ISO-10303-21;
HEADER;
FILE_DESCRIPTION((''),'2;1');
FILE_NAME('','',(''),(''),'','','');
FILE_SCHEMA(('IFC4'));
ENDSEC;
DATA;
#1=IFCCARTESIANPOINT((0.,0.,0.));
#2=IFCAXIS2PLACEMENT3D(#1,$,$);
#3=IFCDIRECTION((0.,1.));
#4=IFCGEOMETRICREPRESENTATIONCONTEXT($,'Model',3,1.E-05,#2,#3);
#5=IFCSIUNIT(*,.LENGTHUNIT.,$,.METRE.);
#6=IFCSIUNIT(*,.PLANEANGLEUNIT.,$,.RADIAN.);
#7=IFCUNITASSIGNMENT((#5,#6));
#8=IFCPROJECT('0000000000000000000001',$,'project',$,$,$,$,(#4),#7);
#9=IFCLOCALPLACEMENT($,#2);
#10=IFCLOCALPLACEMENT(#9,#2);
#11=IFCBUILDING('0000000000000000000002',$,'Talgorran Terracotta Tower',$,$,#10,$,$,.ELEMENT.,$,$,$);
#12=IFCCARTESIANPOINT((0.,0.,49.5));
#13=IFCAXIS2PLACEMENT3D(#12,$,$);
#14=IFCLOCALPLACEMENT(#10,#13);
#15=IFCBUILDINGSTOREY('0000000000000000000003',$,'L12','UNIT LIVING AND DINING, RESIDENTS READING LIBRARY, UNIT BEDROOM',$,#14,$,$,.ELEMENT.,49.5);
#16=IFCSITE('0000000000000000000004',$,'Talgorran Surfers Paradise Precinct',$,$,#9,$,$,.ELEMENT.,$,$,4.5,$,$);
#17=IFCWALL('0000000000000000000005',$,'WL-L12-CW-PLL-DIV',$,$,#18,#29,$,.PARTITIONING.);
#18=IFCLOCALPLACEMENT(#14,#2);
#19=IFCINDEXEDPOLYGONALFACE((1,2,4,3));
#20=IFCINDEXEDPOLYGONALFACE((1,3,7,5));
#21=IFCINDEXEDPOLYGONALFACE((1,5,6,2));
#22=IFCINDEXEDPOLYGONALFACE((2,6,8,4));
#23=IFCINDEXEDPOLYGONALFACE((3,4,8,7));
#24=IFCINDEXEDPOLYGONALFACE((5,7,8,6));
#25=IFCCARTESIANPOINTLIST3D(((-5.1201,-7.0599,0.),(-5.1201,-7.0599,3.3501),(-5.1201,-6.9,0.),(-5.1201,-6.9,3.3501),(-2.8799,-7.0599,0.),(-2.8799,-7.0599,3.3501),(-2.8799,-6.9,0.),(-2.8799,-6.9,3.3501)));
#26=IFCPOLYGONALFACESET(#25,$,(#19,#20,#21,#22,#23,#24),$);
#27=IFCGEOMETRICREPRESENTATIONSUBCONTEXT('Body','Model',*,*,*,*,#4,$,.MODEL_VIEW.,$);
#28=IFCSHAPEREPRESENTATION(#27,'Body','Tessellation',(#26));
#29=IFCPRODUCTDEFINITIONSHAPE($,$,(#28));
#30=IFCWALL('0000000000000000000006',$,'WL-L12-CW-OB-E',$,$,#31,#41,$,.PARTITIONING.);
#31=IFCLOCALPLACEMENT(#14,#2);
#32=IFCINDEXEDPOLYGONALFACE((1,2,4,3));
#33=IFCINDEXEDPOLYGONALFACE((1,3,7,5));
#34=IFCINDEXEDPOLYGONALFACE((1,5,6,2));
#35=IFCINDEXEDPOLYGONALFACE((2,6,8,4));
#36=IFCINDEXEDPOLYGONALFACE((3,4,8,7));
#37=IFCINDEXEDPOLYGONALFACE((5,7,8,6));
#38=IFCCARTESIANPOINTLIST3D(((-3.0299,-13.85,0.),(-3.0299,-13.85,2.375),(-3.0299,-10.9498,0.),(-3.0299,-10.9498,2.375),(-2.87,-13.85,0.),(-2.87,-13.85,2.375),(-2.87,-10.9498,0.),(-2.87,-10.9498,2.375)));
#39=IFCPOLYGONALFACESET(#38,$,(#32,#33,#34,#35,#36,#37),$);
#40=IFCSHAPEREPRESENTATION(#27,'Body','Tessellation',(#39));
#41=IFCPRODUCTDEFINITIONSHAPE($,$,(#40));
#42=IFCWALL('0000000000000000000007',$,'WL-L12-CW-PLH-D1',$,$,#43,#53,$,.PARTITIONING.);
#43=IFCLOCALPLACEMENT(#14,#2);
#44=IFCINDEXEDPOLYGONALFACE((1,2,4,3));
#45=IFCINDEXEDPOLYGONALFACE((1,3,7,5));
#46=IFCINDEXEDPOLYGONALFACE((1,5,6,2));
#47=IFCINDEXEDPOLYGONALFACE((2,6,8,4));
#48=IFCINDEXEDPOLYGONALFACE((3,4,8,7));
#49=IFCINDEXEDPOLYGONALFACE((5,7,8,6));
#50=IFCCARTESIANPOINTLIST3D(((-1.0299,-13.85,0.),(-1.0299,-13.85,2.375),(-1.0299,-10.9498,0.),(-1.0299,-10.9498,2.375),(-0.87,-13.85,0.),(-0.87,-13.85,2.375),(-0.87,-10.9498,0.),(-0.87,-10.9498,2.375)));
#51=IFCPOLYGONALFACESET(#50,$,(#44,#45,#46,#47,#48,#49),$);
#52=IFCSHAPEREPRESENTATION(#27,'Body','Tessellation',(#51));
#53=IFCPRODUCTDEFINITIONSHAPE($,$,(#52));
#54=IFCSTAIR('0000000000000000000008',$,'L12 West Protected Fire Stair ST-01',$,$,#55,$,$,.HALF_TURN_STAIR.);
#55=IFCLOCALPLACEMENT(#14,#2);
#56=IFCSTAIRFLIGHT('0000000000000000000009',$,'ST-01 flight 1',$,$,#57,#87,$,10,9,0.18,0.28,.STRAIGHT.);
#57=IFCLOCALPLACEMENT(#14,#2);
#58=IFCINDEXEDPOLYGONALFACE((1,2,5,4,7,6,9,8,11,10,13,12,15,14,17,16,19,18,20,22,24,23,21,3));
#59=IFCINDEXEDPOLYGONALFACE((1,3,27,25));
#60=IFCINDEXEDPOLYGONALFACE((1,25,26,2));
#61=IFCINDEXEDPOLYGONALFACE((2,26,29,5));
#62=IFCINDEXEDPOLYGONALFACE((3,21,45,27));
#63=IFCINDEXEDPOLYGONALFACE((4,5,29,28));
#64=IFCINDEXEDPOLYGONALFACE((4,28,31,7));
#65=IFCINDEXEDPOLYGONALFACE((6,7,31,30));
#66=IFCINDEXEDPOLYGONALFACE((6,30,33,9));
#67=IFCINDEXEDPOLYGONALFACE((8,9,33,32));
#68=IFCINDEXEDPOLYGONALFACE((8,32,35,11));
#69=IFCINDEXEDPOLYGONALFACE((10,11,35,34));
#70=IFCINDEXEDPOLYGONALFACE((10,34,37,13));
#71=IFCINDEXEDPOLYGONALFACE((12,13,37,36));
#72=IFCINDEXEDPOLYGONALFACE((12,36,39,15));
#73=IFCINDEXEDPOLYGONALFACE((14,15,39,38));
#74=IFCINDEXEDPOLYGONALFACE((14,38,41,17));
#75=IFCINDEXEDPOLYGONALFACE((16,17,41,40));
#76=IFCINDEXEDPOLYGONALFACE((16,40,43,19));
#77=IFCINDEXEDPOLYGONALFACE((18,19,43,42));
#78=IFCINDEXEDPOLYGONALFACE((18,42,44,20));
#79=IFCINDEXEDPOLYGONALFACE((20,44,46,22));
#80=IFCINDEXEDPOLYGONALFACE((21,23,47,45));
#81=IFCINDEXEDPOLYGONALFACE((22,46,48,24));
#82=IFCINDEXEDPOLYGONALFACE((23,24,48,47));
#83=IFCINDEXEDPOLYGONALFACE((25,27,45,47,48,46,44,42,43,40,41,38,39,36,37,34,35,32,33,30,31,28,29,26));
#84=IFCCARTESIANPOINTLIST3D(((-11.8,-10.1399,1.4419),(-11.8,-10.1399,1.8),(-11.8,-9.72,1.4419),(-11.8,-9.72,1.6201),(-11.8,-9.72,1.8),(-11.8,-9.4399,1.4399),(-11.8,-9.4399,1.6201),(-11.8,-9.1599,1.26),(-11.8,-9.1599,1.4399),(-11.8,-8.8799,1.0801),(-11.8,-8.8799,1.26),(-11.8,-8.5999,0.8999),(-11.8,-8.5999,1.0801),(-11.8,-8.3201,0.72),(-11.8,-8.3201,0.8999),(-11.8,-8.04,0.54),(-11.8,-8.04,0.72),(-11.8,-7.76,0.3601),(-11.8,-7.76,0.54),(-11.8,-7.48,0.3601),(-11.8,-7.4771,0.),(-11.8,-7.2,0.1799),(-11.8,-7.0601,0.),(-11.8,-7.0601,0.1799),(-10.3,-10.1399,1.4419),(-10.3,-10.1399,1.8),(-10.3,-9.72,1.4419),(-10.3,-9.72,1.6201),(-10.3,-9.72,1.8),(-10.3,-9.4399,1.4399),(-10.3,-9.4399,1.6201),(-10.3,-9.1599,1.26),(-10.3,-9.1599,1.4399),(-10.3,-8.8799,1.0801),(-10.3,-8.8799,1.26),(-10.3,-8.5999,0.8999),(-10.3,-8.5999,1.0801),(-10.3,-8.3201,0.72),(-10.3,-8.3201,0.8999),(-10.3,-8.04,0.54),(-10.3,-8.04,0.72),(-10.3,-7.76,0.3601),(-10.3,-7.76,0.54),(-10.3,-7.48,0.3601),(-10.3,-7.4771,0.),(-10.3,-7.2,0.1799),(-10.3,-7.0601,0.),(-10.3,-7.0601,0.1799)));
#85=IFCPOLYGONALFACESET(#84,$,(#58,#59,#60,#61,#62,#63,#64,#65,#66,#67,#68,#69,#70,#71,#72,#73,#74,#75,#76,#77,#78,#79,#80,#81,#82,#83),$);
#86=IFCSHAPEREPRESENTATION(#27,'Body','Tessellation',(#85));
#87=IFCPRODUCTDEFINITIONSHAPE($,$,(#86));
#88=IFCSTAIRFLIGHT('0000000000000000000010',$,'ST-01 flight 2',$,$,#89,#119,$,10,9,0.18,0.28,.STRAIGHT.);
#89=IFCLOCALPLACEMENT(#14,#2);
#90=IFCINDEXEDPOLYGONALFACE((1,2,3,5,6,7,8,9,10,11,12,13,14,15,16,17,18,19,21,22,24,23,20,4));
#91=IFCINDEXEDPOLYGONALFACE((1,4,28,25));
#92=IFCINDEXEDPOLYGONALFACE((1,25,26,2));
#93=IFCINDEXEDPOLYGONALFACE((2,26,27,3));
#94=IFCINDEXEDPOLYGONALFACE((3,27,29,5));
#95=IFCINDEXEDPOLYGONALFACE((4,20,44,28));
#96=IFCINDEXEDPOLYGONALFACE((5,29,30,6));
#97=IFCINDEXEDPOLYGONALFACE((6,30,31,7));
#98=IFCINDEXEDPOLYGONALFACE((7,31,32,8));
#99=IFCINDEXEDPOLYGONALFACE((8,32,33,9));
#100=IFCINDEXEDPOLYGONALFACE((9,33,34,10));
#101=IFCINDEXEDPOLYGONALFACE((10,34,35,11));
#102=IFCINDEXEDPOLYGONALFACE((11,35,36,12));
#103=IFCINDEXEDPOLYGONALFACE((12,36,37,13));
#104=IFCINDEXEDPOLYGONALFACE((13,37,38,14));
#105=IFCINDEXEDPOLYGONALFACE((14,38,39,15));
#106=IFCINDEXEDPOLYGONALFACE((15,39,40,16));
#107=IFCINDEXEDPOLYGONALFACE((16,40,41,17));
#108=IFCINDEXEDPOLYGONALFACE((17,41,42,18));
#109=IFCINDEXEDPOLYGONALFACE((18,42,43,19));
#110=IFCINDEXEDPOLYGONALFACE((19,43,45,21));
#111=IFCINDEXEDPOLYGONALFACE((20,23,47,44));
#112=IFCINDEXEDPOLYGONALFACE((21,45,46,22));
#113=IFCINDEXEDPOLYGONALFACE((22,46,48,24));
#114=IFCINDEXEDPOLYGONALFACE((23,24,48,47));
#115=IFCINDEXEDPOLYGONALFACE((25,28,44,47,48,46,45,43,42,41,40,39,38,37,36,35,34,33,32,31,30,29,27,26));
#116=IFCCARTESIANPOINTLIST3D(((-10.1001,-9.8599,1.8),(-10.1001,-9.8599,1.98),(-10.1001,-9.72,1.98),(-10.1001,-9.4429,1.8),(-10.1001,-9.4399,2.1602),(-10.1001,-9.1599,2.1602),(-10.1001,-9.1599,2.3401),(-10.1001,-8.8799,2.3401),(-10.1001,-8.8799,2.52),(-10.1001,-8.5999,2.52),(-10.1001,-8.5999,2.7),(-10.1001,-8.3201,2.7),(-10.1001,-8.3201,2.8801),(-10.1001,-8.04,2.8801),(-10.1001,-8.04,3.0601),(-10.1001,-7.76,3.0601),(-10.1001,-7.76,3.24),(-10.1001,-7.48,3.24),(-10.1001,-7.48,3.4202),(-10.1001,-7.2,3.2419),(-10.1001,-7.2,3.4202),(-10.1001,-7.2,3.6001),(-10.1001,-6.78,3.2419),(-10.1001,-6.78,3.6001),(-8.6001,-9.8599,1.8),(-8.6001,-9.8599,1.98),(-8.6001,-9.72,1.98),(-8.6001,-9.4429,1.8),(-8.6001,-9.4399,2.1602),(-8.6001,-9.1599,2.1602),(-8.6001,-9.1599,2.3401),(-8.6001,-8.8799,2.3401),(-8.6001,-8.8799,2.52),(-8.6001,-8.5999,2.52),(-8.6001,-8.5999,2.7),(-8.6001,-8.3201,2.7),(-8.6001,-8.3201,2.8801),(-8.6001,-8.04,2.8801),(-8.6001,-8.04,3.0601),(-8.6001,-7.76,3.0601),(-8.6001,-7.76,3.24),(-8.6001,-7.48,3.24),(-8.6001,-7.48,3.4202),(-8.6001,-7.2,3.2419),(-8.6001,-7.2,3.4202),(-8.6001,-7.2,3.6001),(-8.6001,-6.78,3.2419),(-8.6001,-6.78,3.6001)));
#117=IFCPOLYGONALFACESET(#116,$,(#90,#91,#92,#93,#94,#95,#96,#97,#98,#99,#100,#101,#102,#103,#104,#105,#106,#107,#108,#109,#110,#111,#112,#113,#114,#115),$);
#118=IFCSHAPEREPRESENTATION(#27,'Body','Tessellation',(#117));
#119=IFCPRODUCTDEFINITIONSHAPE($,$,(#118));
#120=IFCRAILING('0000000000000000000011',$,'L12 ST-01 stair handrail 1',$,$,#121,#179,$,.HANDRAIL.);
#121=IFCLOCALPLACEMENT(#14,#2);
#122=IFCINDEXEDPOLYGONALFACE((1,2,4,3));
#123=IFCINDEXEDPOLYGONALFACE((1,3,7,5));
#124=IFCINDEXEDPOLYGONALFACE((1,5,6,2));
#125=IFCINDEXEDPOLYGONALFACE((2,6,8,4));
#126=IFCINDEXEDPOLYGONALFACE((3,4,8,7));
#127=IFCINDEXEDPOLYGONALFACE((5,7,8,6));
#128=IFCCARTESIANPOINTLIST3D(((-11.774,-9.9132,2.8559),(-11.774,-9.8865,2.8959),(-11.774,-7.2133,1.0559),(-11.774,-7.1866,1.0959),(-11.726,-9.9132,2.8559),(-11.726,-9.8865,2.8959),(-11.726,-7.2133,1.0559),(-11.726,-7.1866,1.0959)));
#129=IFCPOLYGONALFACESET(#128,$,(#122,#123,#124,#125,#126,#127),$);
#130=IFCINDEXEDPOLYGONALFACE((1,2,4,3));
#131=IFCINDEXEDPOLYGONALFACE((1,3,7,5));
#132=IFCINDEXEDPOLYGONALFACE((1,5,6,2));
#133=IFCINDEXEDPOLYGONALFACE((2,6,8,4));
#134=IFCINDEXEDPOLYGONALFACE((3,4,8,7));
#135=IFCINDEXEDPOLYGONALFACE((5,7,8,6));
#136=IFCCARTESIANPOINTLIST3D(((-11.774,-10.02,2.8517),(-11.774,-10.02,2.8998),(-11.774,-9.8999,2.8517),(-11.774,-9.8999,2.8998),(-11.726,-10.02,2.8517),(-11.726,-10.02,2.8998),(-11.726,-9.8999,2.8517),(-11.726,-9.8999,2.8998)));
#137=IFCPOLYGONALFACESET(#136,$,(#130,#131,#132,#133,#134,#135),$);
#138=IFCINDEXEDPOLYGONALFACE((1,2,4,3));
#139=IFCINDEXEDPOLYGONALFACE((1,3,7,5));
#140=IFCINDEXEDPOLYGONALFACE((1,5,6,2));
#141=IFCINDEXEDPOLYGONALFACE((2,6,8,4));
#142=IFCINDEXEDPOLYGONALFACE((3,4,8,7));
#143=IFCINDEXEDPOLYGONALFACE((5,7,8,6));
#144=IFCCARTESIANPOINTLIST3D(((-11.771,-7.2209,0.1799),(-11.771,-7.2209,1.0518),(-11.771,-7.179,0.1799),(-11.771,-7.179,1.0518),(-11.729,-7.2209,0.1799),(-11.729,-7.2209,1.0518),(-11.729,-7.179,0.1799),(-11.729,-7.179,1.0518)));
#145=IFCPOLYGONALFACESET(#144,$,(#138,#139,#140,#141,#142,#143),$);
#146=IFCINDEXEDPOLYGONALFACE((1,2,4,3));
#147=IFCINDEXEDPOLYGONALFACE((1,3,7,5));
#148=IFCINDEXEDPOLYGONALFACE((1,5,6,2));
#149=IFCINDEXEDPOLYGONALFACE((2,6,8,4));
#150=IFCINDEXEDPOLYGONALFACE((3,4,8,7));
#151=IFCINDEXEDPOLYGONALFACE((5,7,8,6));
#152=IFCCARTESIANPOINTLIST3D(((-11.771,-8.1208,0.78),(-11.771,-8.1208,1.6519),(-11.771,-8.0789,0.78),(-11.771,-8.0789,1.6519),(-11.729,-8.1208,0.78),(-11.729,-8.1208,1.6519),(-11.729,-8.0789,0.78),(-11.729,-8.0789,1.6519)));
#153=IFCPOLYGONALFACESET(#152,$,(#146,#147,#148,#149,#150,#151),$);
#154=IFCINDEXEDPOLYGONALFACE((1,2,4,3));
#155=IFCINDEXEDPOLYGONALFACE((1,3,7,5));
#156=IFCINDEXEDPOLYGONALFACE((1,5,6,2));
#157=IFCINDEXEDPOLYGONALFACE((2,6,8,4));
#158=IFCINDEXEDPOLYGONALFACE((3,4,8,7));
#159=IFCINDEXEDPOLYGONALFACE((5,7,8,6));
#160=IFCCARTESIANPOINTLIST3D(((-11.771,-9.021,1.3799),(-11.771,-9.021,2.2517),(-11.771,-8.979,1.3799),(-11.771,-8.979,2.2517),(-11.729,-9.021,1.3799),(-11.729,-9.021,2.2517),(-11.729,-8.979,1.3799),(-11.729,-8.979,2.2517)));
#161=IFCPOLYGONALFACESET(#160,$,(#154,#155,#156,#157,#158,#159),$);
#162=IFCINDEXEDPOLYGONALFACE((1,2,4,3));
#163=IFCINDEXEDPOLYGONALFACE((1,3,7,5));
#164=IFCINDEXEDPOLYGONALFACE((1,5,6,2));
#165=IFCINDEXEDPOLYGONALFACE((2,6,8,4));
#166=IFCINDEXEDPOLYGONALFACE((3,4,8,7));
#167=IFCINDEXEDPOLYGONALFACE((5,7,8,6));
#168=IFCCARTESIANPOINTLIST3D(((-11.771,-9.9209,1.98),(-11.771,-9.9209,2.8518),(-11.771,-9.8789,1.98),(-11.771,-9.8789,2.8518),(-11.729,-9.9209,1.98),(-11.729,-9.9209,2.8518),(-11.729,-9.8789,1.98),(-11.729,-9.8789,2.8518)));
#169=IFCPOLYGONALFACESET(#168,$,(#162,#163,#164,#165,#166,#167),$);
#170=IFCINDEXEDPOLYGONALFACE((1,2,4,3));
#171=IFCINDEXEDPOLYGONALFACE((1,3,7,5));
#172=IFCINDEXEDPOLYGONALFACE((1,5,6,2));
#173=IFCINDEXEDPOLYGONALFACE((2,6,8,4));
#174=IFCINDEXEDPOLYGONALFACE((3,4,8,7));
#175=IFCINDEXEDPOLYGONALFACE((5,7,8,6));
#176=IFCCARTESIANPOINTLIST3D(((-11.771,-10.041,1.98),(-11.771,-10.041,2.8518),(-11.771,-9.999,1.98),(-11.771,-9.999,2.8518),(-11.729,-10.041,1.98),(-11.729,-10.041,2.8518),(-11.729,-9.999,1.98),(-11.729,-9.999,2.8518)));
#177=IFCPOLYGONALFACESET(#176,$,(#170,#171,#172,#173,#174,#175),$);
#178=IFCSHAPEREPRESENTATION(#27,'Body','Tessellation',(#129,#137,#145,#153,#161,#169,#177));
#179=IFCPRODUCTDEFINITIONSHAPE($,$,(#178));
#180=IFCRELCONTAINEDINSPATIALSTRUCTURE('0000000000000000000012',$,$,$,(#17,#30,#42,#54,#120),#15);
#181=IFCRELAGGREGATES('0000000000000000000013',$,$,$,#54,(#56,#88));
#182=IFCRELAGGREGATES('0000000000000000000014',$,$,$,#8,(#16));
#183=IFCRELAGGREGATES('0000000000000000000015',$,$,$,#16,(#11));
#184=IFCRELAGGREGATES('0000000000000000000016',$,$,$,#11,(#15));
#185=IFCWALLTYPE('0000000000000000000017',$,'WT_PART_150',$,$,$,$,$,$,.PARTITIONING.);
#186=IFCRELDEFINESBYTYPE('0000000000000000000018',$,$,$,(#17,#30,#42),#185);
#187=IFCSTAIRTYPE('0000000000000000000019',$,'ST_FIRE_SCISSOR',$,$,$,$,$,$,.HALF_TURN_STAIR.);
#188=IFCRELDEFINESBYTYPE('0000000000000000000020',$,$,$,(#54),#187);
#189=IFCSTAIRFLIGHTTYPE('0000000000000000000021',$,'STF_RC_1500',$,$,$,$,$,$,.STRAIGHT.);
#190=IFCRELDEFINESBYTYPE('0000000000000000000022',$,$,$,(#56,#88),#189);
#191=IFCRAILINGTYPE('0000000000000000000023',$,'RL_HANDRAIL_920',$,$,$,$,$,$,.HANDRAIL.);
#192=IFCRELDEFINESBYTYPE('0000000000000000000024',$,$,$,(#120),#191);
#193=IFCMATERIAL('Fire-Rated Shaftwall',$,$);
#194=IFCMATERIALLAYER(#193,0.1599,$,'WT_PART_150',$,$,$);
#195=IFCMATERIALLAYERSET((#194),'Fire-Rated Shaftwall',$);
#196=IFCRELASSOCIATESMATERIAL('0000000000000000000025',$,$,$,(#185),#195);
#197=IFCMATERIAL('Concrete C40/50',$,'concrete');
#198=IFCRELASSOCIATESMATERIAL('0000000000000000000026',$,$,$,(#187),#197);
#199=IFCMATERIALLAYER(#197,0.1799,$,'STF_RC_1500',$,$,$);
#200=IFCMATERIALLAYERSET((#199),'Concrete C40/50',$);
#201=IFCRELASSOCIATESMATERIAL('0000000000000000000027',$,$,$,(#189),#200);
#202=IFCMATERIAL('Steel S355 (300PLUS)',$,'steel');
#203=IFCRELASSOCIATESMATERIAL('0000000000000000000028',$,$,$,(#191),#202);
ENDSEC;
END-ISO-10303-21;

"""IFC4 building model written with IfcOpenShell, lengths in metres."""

from ifc_helpers import new_model, si_unit, direction, frame, frame_2d, origin, origin_2d, place, context, subcontext, project, spatial, polyline, rectangle, outline, extrude, material, layer, layer_set, type_object, element, aggregate, save


model = new_model("IFC4")

# Units and contexts
model_context = context("Model", 3, precision=1e-05, world=origin(), true_north=direction((0.0, 1.0)))
body_context = subcontext(model_context, "Body", "Model", "MODEL_VIEW")
ifc_project = project(units=[si_unit("LENGTHUNIT", "METRE"), si_unit("PLANEANGLEUNIT", "RADIAN")], contexts=[model_context])

# Site, building, storey
site_placement = place(None, origin())
site = spatial("IfcSite", under=ifc_project, at=site_placement, Name="Talgorran Surfers Paradise Precinct", CompositionType="ELEMENT", RefElevation=4.5)
building_placement = place(site_placement, origin())
building = spatial("IfcBuilding", under=site, at=building_placement, Name="Talgorran Terracotta Tower", CompositionType="ELEMENT")
storey_placement = place(building_placement, frame((0.0, 0.0, 49.5)))
storey = spatial("IfcBuildingStorey", under=building, at=storey_placement, Name="L12", Description="UNIT LIVING AND DINING, RESIDENTS READING LIBRARY, UNIT BEDROOM", CompositionType="ELEMENT", Elevation=49.5)

# Walls
ifc_material_1 = material(Name="Fire-Rated Shaftwall")
ifc_layer_1 = layer(ifc_material_1, 0.1599, Name="WT_PART_150")
ifc_layer_set_1 = layer_set([ifc_layer_1], Name="Fire-Rated Shaftwall")
wall_type_1 = type_object("IfcWallType", Name="WT_PART_150", PredefinedType="PARTITIONING", material=ifc_layer_set_1)
wall_1_placement = place(storey_placement, frame((-5.1201, -6.98, 0.0), z_axis=(0.0, 0.0, 1.0), x_axis=(1.0, 0.0, 0.0)))
element("IfcWall", 1, at=wall_1_placement, inside=storey, type_object=wall_type_1, Name="WL-L12-CW-PLL-DIV", PredefinedType="PARTITIONING", context=body_context, shape_type="SweptSolid", body=[
    extrude(rectangle(XDim=2.2402, YDim=0.1599, at=frame_2d((1.1201, 0.0))), origin(), (0.0, 0.0, 1.0), 3.3501),
])
for number, where, z_axis, x_axis, name in (
    (2, (-2.95, -13.8501, 0.0), (0.0, 0.0, 1.0), (0.0, 1.0, 0.0), "WL-L12-CW-OB-E"),
    (3, (-0.95, -13.8501, 0.0), (0.0, 0.0, 1.0), (0.0, 1.0, 0.0), "WL-L12-CW-PLH-D1"),
):
    element("IfcWall", number, at=place(storey_placement, frame(where, z_axis=z_axis, x_axis=x_axis)), inside=storey, type_object=wall_type_1, Name=name, PredefinedType="PARTITIONING", context=body_context, shape_type="SweptSolid", body=[
        extrude(rectangle(XDim=2.9001, YDim=0.1599, at=frame_2d((1.4502, 0.0))), origin(), (0.0, 0.0, 1.0), 2.375),
    ])

# Stair, stair flights
ifc_material_2 = material(Name="Concrete C40/50", Category="concrete")
stair_type = type_object("IfcStairType", Name="ST_FIRE_SCISSOR", PredefinedType="HALF_TURN_STAIR", material=ifc_material_2)
stair_placement = place(storey_placement, origin())
stair = element("IfcStair", 4, at=stair_placement, inside=storey, type_object=stair_type, Name="L12 West Protected Fire Stair ST-01", PredefinedType="HALF_TURN_STAIR")
ifc_layer_2 = layer(ifc_material_2, 0.1799, Name="STF_RC_1500")
ifc_layer_set_2 = layer_set([ifc_layer_2], Name="Concrete C40/50")
stair_flight_type = type_object("IfcStairFlightType", Name="STF_RC_1500", PredefinedType="STRAIGHT", material=ifc_layer_set_2)
stair_flight_1_placement = place(storey_placement, frame((-11.05, -7.2, 0.0), z_axis=(0.0, 0.0, 1.0), x_axis=(0.0, -1.0, 0.0)))
stair_flight_1 = element("IfcStairFlight", 5, at=stair_flight_1_placement, type_object=stair_flight_type, Name="ST-01 flight 1", NumberOfRisers=10, NumberOfTreads=9, PredefinedType="STRAIGHT", RiserHeight=0.18, TreadLength=0.28, context=body_context, shape_type="SweptSolid", body=[
    extrude(outline(polyline([(-0.1399, 0.0), (-0.1399, 0.1799), (0.0, 0.1799), (0.28, 0.3601), (0.5601, 0.3601), (0.5601, 0.54), (0.8401, 0.54), (0.8401, 0.72), (1.1201, 0.72), (1.1201, 0.8999), (1.3999, 0.8999), (1.3999, 1.0801), (1.6799, 1.0801), (1.6799, 1.26), (1.96, 1.26), (1.96, 1.4399), (2.24, 1.4399), (2.24, 1.6201), (2.52, 1.6201), (2.52, 1.8), (2.9399, 1.8), (2.9399, 1.4419), (2.52, 1.4419), (0.2771, 0.0), (-0.1399, 0.0)])), frame((0.0, 0.75, 0.0), z_axis=(0.0, -1.0, 0.0), x_axis=(1.0, 0.0, 0.0)), (0.0, 0.0, 1.0), 1.5),
])
stair_flight_2_placement = place(storey_placement, frame((-9.3501, -9.72, 1.8), z_axis=(0.0, 0.0, 1.0), x_axis=(0.0, 1.0, 0.0)))
stair_flight_2 = element("IfcStairFlight", 6, at=stair_flight_2_placement, type_object=stair_flight_type, Name="ST-01 flight 2", NumberOfRisers=10, NumberOfTreads=9, PredefinedType="STRAIGHT", RiserHeight=0.18, TreadLength=0.28, context=body_context, shape_type="SweptSolid", body=[
    extrude(outline(polyline([(-0.1399, 0.0), (-0.1399, 0.1799), (0.0, 0.1799), (0.28, 0.3601), (0.5601, 0.3601), (0.5601, 0.54), (0.8401, 0.54), (0.8401, 0.72), (1.1201, 0.72), (1.1201, 0.8999), (1.3999, 0.8999), (1.3999, 1.0801), (1.6799, 1.0801), (1.6799, 1.26), (1.96, 1.26), (1.96, 1.4399), (2.24, 1.4399), (2.24, 1.6201), (2.52, 1.6201), (2.52, 1.8), (2.9399, 1.8), (2.9399, 1.4419), (2.52, 1.4419), (0.2771, 0.0), (-0.1399, 0.0)])), frame((0.0, 0.75, 0.0), z_axis=(0.0, -1.0, 0.0), x_axis=(1.0, 0.0, 0.0)), (0.0, 0.0, 1.0), 1.5),
])
aggregate(stair, [stair_flight_1, stair_flight_2])

# Railing
ifc_material_3 = material(Name="Steel S355 (300PLUS)", Category="steel")
railing_type_1 = type_object("IfcRailingType", Name="RL_HANDRAIL_920", PredefinedType="HANDRAIL", material=ifc_material_3)
railing_1_placement = place(storey_placement, frame((-11.75, -7.2, 0.1799)))
element("IfcRailing", 7, at=railing_1_placement, inside=storey, type_object=railing_type_1, Name="L12 ST-01 stair handrail 1", PredefinedType="HANDRAIL", context=body_context, shape_type="SweptSolid", body=[
    extrude(rectangle(XDim=0.0481, YDim=0.0481, at=origin_2d()), frame((0.0, 0.0, 0.896), z_axis=(0.0, -0.832039, 0.554718), x_axis=(1.0, 0.0, 0.0)), (0.0, 0.0, 1.0), 3.2449),
    extrude(rectangle(XDim=0.0481, YDim=0.0481, at=origin_2d()), frame((0.0, -2.7, 2.6958), z_axis=(0.0, -1.0, 0.0), x_axis=(1.0, 0.0, 0.0)), (0.0, 0.0, 1.0), 0.1201),
    extrude(rectangle(XDim=0.042, YDim=0.042, at=origin_2d()), origin(), (0.0, 0.0, 1.0), 0.8718),
    extrude(rectangle(XDim=0.042, YDim=0.042, at=origin_2d()), frame((0.0, -0.8999, 0.6001)), (0.0, 0.0, 1.0), 0.8718),
    extrude(rectangle(XDim=0.042, YDim=0.042, at=origin_2d()), frame((0.0, -1.8, 1.2)), (0.0, 0.0, 1.0), 0.8718),
    extrude(rectangle(XDim=0.042, YDim=0.042, at=origin_2d()), frame((0.0, -2.7, 1.8)), (0.0, 0.0, 1.0), 0.8718),
    extrude(rectangle(XDim=0.042, YDim=0.042, at=origin_2d()), frame((0.0, -2.8201, 1.8)), (0.0, 0.0, 1.0), 0.8718),
])

save(model, "model.ifc")
